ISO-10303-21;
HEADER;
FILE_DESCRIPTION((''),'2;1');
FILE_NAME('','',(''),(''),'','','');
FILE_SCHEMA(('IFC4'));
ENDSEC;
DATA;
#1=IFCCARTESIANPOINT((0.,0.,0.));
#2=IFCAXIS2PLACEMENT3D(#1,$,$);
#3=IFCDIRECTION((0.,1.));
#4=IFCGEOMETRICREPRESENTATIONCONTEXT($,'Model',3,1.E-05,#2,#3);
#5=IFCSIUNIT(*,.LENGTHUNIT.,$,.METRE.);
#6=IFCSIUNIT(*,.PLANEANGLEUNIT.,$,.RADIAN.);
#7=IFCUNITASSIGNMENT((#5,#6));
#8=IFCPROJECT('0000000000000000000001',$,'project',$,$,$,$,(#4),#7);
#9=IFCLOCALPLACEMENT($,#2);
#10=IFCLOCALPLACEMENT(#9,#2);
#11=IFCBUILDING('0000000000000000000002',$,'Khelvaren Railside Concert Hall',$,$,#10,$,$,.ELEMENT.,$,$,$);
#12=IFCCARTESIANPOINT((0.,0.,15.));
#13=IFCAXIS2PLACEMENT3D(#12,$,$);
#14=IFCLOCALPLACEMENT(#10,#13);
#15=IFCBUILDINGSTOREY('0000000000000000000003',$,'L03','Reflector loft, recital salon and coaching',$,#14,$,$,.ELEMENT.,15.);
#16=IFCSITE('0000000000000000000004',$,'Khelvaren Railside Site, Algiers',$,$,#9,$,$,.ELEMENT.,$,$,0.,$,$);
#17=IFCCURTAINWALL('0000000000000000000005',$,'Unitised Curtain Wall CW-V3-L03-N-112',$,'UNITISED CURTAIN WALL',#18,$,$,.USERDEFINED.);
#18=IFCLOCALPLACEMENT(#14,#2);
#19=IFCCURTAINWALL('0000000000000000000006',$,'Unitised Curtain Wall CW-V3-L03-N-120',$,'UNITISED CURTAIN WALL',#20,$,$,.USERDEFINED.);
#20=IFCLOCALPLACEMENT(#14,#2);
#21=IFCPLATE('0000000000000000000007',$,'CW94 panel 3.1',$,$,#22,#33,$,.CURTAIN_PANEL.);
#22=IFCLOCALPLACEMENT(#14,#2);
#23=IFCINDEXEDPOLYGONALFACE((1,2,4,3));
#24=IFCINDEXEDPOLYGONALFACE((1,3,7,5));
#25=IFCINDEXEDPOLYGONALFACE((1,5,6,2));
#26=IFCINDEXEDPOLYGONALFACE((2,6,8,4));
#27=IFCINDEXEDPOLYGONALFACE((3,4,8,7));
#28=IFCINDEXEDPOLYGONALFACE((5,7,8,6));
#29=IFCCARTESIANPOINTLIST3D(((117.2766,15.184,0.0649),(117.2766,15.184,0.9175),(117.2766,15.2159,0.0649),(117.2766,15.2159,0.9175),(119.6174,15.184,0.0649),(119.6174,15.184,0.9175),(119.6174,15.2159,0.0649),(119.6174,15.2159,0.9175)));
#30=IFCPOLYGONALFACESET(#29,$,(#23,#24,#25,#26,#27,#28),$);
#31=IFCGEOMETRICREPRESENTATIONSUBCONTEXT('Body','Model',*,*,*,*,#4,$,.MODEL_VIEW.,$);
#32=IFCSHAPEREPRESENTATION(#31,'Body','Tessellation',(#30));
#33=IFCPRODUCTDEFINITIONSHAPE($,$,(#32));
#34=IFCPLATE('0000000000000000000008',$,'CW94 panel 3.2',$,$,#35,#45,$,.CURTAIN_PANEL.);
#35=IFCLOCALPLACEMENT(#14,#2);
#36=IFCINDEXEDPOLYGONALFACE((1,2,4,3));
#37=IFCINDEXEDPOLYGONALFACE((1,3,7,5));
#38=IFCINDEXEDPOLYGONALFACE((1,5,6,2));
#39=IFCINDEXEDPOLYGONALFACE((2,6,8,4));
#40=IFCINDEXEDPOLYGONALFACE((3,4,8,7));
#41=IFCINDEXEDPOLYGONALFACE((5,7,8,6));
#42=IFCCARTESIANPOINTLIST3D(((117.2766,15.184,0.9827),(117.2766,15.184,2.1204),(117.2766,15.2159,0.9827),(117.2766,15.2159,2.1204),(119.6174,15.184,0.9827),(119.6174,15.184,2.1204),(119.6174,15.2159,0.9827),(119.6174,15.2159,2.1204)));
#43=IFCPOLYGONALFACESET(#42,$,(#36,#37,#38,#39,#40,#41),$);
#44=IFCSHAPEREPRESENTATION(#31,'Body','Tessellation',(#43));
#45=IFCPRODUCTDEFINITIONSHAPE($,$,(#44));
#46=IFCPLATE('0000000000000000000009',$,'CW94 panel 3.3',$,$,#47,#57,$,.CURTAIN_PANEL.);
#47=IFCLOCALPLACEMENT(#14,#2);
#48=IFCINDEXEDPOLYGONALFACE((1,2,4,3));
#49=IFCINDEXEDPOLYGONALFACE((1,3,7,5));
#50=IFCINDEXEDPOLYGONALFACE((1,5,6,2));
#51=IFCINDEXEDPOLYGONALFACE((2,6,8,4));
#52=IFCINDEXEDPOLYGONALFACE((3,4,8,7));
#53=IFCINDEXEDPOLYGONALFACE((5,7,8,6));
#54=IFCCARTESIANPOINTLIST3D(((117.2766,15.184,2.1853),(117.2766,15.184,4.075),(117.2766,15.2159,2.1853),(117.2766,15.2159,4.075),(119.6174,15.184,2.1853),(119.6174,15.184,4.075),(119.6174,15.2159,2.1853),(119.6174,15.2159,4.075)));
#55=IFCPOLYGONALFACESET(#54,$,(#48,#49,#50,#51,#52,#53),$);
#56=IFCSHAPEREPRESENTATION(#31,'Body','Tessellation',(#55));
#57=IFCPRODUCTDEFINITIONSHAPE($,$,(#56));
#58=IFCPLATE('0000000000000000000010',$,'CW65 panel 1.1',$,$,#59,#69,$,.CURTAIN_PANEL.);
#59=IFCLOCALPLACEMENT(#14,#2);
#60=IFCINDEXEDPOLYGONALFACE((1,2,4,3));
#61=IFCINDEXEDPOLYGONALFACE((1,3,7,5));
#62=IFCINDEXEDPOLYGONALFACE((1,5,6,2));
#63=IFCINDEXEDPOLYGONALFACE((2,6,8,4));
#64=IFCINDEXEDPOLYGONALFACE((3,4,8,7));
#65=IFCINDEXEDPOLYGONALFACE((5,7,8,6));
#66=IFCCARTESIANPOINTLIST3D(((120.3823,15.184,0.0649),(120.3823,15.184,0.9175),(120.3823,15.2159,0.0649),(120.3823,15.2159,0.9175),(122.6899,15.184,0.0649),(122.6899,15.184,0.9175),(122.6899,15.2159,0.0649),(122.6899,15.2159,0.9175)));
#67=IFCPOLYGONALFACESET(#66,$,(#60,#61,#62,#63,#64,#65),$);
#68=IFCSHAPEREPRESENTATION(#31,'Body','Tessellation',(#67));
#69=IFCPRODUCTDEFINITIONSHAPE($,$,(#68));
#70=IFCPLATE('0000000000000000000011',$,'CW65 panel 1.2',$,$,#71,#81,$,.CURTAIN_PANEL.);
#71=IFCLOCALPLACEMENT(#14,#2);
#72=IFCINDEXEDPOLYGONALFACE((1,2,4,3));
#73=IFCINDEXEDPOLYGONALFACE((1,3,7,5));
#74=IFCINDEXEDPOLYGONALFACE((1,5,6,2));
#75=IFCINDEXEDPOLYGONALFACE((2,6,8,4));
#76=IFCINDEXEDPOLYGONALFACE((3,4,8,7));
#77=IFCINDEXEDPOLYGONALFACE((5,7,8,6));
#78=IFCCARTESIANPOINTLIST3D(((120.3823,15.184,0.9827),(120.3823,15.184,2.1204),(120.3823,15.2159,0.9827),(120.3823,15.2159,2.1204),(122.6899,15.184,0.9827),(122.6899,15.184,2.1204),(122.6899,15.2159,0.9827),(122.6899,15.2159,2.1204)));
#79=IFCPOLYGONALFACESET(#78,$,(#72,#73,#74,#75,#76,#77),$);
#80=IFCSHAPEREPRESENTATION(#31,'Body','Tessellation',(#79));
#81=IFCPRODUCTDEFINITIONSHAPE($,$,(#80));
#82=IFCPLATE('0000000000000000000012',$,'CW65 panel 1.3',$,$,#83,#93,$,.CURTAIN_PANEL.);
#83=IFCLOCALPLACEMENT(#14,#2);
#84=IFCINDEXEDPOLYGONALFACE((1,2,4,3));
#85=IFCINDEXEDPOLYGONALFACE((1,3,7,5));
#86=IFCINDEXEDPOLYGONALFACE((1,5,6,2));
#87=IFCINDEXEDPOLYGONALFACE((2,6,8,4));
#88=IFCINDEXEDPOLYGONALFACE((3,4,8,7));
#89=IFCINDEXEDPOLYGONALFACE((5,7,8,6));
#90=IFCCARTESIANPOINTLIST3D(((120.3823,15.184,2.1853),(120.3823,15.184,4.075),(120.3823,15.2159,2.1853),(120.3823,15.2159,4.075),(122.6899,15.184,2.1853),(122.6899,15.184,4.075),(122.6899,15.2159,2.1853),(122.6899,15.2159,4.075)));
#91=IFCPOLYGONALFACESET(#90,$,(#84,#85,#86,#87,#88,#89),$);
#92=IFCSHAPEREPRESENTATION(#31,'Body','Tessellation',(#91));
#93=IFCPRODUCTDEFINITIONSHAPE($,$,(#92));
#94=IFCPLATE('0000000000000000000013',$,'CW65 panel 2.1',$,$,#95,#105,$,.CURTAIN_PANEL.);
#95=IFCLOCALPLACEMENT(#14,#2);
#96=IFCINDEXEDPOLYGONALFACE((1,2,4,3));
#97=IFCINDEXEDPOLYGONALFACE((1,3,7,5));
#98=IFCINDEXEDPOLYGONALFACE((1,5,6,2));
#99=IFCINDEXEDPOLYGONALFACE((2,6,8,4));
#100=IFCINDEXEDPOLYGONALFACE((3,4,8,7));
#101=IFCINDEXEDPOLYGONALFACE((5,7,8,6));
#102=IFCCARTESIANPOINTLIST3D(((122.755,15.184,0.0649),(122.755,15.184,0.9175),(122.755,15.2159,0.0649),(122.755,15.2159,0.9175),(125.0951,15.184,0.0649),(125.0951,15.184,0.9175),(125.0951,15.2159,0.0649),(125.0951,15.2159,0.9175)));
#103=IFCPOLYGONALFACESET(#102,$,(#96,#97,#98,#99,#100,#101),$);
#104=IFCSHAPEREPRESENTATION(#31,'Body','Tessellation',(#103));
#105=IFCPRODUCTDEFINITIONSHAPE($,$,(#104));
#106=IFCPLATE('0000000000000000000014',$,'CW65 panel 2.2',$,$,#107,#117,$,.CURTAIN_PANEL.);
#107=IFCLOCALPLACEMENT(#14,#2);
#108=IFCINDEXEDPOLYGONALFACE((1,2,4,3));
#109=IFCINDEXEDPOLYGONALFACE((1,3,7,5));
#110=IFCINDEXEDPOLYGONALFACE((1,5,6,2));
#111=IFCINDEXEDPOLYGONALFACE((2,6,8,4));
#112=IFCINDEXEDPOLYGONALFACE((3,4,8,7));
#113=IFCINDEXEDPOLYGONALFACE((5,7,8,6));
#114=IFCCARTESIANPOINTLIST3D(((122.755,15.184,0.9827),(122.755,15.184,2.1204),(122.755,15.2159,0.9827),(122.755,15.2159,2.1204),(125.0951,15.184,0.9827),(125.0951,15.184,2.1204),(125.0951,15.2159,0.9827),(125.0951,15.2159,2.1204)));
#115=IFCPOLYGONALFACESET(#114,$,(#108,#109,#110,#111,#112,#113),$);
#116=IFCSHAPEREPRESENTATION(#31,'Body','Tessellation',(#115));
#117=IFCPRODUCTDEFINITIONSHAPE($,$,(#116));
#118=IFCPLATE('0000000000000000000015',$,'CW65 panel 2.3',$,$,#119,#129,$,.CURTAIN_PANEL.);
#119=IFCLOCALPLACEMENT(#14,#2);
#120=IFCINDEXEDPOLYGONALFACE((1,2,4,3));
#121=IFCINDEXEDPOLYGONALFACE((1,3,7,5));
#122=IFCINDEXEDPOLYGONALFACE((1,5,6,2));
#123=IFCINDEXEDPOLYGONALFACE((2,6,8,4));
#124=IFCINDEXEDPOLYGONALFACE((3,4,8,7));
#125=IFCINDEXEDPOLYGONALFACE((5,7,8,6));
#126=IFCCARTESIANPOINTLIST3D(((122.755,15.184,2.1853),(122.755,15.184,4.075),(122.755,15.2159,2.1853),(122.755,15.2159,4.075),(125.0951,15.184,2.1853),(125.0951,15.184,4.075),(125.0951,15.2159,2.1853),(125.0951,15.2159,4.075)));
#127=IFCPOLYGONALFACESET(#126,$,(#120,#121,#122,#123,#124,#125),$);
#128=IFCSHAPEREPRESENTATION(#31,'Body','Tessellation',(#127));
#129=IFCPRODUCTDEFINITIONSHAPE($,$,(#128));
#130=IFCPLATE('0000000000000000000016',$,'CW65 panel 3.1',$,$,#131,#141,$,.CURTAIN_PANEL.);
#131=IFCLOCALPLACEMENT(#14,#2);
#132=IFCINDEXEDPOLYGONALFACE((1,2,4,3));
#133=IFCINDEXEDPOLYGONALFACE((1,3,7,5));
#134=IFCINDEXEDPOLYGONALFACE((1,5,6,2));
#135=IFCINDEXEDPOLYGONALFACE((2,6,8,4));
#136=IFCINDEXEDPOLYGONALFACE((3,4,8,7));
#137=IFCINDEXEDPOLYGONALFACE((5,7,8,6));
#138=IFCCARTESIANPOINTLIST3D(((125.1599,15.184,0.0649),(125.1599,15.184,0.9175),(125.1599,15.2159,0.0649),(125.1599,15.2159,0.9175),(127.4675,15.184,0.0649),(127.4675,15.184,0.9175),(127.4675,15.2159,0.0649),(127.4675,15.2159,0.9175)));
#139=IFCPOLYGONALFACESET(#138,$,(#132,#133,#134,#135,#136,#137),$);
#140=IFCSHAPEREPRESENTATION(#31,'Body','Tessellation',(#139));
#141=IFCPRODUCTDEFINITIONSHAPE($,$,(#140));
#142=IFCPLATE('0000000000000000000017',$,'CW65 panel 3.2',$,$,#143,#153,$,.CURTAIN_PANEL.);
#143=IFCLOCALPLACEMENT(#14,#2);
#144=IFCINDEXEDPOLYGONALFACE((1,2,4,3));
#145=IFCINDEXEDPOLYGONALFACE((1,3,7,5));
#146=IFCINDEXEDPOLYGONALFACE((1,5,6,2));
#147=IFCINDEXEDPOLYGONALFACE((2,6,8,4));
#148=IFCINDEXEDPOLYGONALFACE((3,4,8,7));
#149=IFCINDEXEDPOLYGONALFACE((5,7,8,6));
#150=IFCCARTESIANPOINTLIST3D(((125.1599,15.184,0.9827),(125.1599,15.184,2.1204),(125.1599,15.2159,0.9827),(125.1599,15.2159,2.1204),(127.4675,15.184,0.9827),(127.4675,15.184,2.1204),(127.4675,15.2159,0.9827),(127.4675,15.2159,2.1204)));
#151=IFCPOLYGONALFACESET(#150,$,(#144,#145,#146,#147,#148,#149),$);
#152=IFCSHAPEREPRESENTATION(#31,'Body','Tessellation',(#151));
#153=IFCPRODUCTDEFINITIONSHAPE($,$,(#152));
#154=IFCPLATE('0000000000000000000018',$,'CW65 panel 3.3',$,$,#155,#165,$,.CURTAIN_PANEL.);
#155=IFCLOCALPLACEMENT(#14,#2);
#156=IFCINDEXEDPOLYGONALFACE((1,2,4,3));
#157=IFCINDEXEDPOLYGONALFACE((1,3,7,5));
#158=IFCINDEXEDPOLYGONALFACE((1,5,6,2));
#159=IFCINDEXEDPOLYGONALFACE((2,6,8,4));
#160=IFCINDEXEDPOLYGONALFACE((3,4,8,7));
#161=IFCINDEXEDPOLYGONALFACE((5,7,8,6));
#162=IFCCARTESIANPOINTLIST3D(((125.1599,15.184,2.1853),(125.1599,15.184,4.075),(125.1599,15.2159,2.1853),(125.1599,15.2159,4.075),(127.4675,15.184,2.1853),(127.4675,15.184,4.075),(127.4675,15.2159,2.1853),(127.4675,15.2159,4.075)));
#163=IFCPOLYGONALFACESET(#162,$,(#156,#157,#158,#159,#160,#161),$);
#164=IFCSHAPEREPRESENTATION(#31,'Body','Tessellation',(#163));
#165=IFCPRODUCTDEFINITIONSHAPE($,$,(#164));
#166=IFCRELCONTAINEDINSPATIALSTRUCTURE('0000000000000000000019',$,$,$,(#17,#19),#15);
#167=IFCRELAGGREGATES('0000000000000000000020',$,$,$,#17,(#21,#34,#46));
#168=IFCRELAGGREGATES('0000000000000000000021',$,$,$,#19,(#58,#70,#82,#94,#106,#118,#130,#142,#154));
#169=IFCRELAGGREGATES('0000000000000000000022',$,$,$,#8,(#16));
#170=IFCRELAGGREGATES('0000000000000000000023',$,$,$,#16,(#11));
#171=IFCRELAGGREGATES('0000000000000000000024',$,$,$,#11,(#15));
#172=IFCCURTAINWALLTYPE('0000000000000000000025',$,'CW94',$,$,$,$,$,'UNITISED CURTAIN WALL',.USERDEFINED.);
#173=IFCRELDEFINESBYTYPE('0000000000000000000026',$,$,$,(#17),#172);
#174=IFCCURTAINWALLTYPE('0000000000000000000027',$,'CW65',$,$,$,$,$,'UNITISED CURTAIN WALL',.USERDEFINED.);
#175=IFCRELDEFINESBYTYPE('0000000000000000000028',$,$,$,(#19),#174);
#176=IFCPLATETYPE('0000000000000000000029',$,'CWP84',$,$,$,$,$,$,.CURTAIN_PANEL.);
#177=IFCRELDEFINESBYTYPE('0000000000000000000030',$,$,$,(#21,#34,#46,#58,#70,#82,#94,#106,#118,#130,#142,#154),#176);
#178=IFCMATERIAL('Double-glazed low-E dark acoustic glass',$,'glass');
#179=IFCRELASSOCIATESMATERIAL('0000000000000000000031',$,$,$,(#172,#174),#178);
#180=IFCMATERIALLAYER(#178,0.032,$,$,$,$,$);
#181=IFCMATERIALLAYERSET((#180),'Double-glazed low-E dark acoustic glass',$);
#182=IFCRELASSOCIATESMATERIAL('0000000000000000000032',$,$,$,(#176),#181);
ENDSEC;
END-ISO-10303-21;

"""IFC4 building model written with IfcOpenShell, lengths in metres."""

from ifc_helpers import new_model, si_unit, direction, frame, origin, origin_2d, place, context, subcontext, project, spatial, rectangle, extrude, material, layer, layer_set, type_object, element, aggregate, save


model = new_model("IFC4")

# Units and contexts
model_context = context("Model", 3, precision=1e-05, world=origin(), true_north=direction((0.0, 1.0)))
body_context = subcontext(model_context, "Body", "Model", "MODEL_VIEW")
ifc_project = project(units=[si_unit("LENGTHUNIT", "METRE"), si_unit("PLANEANGLEUNIT", "RADIAN")], contexts=[model_context])

# Site, building, storey
site_placement = place(None, origin())
site = spatial("IfcSite", under=ifc_project, at=site_placement, Name="Khelvaren Railside Site, Algiers", CompositionType="ELEMENT", RefElevation=0.0)
building_placement = place(site_placement, origin())
building = spatial("IfcBuilding", under=site, at=building_placement, Name="Khelvaren Railside Concert Hall", CompositionType="ELEMENT")
storey_placement = place(building_placement, frame((0.0, 0.0, 15.0)))
storey = spatial("IfcBuildingStorey", under=building, at=storey_placement, Name="L03", Description="Reflector loft, recital salon and coaching", CompositionType="ELEMENT", Elevation=15.0)

# Curtain wall
ifc_material_1 = material(Name="Double-glazed low-E dark acoustic glass", Category="glass")
curtain_wall_type_1 = type_object("IfcCurtainWallType", Name="CW94", ElementType="UNITISED CURTAIN WALL", PredefinedType="USERDEFINED", material=ifc_material_1)
curtain_wall_1_placement = place(storey_placement, origin())
curtain_wall_1 = element("IfcCurtainWall", 1, at=curtain_wall_1_placement, inside=storey, type_object=curtain_wall_type_1, Name="Unitised Curtain Wall CW-V3-L03-N-112", ObjectType="UNITISED CURTAIN WALL", PredefinedType="USERDEFINED")

# Curtain wall
curtain_wall_type_2 = type_object("IfcCurtainWallType", Name="CW65", ElementType="UNITISED CURTAIN WALL", PredefinedType="USERDEFINED", material=ifc_material_1)
curtain_wall_2_placement = place(storey_placement, origin())
curtain_wall_2 = element("IfcCurtainWall", 2, at=curtain_wall_2_placement, inside=storey, type_object=curtain_wall_type_2, Name="Unitised Curtain Wall CW-V3-L03-N-120", ObjectType="UNITISED CURTAIN WALL", PredefinedType="USERDEFINED")

# Plates
ifc_layer = layer(ifc_material_1, 0.032)
ifc_layer_set = layer_set([ifc_layer], Name="Double-glazed low-E dark acoustic glass")
plate_type = type_object("IfcPlateType", Name="CWP84", PredefinedType="CURTAIN_PANEL", material=ifc_layer_set)
plate_1_placement = place(storey_placement, frame((118.447, 15.2, 0.0649), z_axis=(0.0, 0.0, 1.0), x_axis=(1.0, 0.0, 0.0)))
plate_1 = element("IfcPlate", 3, at=plate_1_placement, type_object=plate_type, Name="CW94 panel 3.1", PredefinedType="CURTAIN_PANEL", context=body_context, shape_type="SweptSolid", body=[
    extrude(rectangle(XDim=2.3408, YDim=0.032, at=origin_2d()), origin(), (0.0, 0.0, 1.0), 0.8525),
])
plate_2_placement = place(storey_placement, frame((118.447, 15.2, 0.9827), z_axis=(0.0, 0.0, 1.0), x_axis=(1.0, 0.0, 0.0)))
plate_2 = element("IfcPlate", 4, at=plate_2_placement, type_object=plate_type, Name="CW94 panel 3.2", PredefinedType="CURTAIN_PANEL", context=body_context, shape_type="SweptSolid", body=[
    extrude(rectangle(XDim=2.3408, YDim=0.032, at=origin_2d()), origin(), (0.0, 0.0, 1.0), 1.1377),
])
plate_3_placement = place(storey_placement, frame((118.447, 15.2, 2.1853), z_axis=(0.0, 0.0, 1.0), x_axis=(1.0, 0.0, 0.0)))
plate_3 = element("IfcPlate", 5, at=plate_3_placement, type_object=plate_type, Name="CW94 panel 3.3", PredefinedType="CURTAIN_PANEL", context=body_context, shape_type="SweptSolid", body=[
    extrude(rectangle(XDim=2.3408, YDim=0.032, at=origin_2d()), origin(), (0.0, 0.0, 1.0), 1.8896),
])
aggregate(curtain_wall_1, [plate_1, plate_2, plate_3])
plate_4_placement = place(storey_placement, frame((121.5361, 15.2, 0.0649), z_axis=(0.0, 0.0, 1.0), x_axis=(1.0, 0.0, 0.0)))
plate_4 = element("IfcPlate", 6, at=plate_4_placement, type_object=plate_type, Name="CW65 panel 1.1", PredefinedType="CURTAIN_PANEL", context=body_context, shape_type="SweptSolid", body=[
    extrude(rectangle(XDim=2.3076, YDim=0.032, at=origin_2d()), origin(), (0.0, 0.0, 1.0), 0.8525),
])
plate_5_placement = place(storey_placement, frame((121.5361, 15.2, 0.9827), z_axis=(0.0, 0.0, 1.0), x_axis=(1.0, 0.0, 0.0)))
plate_5 = element("IfcPlate", 7, at=plate_5_placement, type_object=plate_type, Name="CW65 panel 1.2", PredefinedType="CURTAIN_PANEL", context=body_context, shape_type="SweptSolid", body=[
    extrude(rectangle(XDim=2.3076, YDim=0.032, at=origin_2d()), origin(), (0.0, 0.0, 1.0), 1.1377),
])
plate_6_placement = place(storey_placement, frame((121.5361, 15.2, 2.1853), z_axis=(0.0, 0.0, 1.0), x_axis=(1.0, 0.0, 0.0)))
plate_6 = element("IfcPlate", 8, at=plate_6_placement, type_object=plate_type, Name="CW65 panel 1.3", PredefinedType="CURTAIN_PANEL", context=body_context, shape_type="SweptSolid", body=[
    extrude(rectangle(XDim=2.3076, YDim=0.032, at=origin_2d()), origin(), (0.0, 0.0, 1.0), 1.8896),
])
plate_7_placement = place(storey_placement, frame((123.925, 15.2, 0.0649), z_axis=(0.0, 0.0, 1.0), x_axis=(1.0, 0.0, 0.0)))
plate_7 = element("IfcPlate", 9, at=plate_7_placement, type_object=plate_type, Name="CW65 panel 2.1", PredefinedType="CURTAIN_PANEL", context=body_context, shape_type="SweptSolid", body=[
    extrude(rectangle(XDim=2.3401, YDim=0.032, at=origin_2d()), origin(), (0.0, 0.0, 1.0), 0.8525),
])
plate_8_placement = place(storey_placement, frame((123.925, 15.2, 0.9827), z_axis=(0.0, 0.0, 1.0), x_axis=(1.0, 0.0, 0.0)))
plate_8 = element("IfcPlate", 10, at=plate_8_placement, type_object=plate_type, Name="CW65 panel 2.2", PredefinedType="CURTAIN_PANEL", context=body_context, shape_type="SweptSolid", body=[
    extrude(rectangle(XDim=2.3401, YDim=0.032, at=origin_2d()), origin(), (0.0, 0.0, 1.0), 1.1377),
])
plate_9_placement = place(storey_placement, frame((123.925, 15.2, 2.1853), z_axis=(0.0, 0.0, 1.0), x_axis=(1.0, 0.0, 0.0)))
plate_9 = element("IfcPlate", 11, at=plate_9_placement, type_object=plate_type, Name="CW65 panel 2.3", PredefinedType="CURTAIN_PANEL", context=body_context, shape_type="SweptSolid", body=[
    extrude(rectangle(XDim=2.3401, YDim=0.032, at=origin_2d()), origin(), (0.0, 0.0, 1.0), 1.8896),
])
plate_10_placement = place(storey_placement, frame((126.3137, 15.2, 0.0649), z_axis=(0.0, 0.0, 1.0), x_axis=(1.0, 0.0, 0.0)))
plate_10 = element("IfcPlate", 12, at=plate_10_placement, type_object=plate_type, Name="CW65 panel 3.1", PredefinedType="CURTAIN_PANEL", context=body_context, shape_type="SweptSolid", body=[
    extrude(rectangle(XDim=2.3076, YDim=0.032, at=origin_2d()), origin(), (0.0, 0.0, 1.0), 0.8525),
])
plate_11_placement = place(storey_placement, frame((126.3137, 15.2, 0.9827), z_axis=(0.0, 0.0, 1.0), x_axis=(1.0, 0.0, 0.0)))
plate_11 = element("IfcPlate", 13, at=plate_11_placement, type_object=plate_type, Name="CW65 panel 3.2", PredefinedType="CURTAIN_PANEL", context=body_context, shape_type="SweptSolid", body=[
    extrude(rectangle(XDim=2.3076, YDim=0.032, at=origin_2d()), origin(), (0.0, 0.0, 1.0), 1.1377),
])
plate_12_placement = place(storey_placement, frame((126.3137, 15.2, 2.1853), z_axis=(0.0, 0.0, 1.0), x_axis=(1.0, 0.0, 0.0)))
plate_12 = element("IfcPlate", 14, at=plate_12_placement, type_object=plate_type, Name="CW65 panel 3.3", PredefinedType="CURTAIN_PANEL", context=body_context, shape_type="SweptSolid", body=[
    extrude(rectangle(XDim=2.3076, YDim=0.032, at=origin_2d()), origin(), (0.0, 0.0, 1.0), 1.8896),
])
aggregate(curtain_wall_2, [plate_4, plate_5, plate_6, plate_7, plate_8, plate_9, plate_10, plate_11, plate_12])

save(model, "model.ifc")
